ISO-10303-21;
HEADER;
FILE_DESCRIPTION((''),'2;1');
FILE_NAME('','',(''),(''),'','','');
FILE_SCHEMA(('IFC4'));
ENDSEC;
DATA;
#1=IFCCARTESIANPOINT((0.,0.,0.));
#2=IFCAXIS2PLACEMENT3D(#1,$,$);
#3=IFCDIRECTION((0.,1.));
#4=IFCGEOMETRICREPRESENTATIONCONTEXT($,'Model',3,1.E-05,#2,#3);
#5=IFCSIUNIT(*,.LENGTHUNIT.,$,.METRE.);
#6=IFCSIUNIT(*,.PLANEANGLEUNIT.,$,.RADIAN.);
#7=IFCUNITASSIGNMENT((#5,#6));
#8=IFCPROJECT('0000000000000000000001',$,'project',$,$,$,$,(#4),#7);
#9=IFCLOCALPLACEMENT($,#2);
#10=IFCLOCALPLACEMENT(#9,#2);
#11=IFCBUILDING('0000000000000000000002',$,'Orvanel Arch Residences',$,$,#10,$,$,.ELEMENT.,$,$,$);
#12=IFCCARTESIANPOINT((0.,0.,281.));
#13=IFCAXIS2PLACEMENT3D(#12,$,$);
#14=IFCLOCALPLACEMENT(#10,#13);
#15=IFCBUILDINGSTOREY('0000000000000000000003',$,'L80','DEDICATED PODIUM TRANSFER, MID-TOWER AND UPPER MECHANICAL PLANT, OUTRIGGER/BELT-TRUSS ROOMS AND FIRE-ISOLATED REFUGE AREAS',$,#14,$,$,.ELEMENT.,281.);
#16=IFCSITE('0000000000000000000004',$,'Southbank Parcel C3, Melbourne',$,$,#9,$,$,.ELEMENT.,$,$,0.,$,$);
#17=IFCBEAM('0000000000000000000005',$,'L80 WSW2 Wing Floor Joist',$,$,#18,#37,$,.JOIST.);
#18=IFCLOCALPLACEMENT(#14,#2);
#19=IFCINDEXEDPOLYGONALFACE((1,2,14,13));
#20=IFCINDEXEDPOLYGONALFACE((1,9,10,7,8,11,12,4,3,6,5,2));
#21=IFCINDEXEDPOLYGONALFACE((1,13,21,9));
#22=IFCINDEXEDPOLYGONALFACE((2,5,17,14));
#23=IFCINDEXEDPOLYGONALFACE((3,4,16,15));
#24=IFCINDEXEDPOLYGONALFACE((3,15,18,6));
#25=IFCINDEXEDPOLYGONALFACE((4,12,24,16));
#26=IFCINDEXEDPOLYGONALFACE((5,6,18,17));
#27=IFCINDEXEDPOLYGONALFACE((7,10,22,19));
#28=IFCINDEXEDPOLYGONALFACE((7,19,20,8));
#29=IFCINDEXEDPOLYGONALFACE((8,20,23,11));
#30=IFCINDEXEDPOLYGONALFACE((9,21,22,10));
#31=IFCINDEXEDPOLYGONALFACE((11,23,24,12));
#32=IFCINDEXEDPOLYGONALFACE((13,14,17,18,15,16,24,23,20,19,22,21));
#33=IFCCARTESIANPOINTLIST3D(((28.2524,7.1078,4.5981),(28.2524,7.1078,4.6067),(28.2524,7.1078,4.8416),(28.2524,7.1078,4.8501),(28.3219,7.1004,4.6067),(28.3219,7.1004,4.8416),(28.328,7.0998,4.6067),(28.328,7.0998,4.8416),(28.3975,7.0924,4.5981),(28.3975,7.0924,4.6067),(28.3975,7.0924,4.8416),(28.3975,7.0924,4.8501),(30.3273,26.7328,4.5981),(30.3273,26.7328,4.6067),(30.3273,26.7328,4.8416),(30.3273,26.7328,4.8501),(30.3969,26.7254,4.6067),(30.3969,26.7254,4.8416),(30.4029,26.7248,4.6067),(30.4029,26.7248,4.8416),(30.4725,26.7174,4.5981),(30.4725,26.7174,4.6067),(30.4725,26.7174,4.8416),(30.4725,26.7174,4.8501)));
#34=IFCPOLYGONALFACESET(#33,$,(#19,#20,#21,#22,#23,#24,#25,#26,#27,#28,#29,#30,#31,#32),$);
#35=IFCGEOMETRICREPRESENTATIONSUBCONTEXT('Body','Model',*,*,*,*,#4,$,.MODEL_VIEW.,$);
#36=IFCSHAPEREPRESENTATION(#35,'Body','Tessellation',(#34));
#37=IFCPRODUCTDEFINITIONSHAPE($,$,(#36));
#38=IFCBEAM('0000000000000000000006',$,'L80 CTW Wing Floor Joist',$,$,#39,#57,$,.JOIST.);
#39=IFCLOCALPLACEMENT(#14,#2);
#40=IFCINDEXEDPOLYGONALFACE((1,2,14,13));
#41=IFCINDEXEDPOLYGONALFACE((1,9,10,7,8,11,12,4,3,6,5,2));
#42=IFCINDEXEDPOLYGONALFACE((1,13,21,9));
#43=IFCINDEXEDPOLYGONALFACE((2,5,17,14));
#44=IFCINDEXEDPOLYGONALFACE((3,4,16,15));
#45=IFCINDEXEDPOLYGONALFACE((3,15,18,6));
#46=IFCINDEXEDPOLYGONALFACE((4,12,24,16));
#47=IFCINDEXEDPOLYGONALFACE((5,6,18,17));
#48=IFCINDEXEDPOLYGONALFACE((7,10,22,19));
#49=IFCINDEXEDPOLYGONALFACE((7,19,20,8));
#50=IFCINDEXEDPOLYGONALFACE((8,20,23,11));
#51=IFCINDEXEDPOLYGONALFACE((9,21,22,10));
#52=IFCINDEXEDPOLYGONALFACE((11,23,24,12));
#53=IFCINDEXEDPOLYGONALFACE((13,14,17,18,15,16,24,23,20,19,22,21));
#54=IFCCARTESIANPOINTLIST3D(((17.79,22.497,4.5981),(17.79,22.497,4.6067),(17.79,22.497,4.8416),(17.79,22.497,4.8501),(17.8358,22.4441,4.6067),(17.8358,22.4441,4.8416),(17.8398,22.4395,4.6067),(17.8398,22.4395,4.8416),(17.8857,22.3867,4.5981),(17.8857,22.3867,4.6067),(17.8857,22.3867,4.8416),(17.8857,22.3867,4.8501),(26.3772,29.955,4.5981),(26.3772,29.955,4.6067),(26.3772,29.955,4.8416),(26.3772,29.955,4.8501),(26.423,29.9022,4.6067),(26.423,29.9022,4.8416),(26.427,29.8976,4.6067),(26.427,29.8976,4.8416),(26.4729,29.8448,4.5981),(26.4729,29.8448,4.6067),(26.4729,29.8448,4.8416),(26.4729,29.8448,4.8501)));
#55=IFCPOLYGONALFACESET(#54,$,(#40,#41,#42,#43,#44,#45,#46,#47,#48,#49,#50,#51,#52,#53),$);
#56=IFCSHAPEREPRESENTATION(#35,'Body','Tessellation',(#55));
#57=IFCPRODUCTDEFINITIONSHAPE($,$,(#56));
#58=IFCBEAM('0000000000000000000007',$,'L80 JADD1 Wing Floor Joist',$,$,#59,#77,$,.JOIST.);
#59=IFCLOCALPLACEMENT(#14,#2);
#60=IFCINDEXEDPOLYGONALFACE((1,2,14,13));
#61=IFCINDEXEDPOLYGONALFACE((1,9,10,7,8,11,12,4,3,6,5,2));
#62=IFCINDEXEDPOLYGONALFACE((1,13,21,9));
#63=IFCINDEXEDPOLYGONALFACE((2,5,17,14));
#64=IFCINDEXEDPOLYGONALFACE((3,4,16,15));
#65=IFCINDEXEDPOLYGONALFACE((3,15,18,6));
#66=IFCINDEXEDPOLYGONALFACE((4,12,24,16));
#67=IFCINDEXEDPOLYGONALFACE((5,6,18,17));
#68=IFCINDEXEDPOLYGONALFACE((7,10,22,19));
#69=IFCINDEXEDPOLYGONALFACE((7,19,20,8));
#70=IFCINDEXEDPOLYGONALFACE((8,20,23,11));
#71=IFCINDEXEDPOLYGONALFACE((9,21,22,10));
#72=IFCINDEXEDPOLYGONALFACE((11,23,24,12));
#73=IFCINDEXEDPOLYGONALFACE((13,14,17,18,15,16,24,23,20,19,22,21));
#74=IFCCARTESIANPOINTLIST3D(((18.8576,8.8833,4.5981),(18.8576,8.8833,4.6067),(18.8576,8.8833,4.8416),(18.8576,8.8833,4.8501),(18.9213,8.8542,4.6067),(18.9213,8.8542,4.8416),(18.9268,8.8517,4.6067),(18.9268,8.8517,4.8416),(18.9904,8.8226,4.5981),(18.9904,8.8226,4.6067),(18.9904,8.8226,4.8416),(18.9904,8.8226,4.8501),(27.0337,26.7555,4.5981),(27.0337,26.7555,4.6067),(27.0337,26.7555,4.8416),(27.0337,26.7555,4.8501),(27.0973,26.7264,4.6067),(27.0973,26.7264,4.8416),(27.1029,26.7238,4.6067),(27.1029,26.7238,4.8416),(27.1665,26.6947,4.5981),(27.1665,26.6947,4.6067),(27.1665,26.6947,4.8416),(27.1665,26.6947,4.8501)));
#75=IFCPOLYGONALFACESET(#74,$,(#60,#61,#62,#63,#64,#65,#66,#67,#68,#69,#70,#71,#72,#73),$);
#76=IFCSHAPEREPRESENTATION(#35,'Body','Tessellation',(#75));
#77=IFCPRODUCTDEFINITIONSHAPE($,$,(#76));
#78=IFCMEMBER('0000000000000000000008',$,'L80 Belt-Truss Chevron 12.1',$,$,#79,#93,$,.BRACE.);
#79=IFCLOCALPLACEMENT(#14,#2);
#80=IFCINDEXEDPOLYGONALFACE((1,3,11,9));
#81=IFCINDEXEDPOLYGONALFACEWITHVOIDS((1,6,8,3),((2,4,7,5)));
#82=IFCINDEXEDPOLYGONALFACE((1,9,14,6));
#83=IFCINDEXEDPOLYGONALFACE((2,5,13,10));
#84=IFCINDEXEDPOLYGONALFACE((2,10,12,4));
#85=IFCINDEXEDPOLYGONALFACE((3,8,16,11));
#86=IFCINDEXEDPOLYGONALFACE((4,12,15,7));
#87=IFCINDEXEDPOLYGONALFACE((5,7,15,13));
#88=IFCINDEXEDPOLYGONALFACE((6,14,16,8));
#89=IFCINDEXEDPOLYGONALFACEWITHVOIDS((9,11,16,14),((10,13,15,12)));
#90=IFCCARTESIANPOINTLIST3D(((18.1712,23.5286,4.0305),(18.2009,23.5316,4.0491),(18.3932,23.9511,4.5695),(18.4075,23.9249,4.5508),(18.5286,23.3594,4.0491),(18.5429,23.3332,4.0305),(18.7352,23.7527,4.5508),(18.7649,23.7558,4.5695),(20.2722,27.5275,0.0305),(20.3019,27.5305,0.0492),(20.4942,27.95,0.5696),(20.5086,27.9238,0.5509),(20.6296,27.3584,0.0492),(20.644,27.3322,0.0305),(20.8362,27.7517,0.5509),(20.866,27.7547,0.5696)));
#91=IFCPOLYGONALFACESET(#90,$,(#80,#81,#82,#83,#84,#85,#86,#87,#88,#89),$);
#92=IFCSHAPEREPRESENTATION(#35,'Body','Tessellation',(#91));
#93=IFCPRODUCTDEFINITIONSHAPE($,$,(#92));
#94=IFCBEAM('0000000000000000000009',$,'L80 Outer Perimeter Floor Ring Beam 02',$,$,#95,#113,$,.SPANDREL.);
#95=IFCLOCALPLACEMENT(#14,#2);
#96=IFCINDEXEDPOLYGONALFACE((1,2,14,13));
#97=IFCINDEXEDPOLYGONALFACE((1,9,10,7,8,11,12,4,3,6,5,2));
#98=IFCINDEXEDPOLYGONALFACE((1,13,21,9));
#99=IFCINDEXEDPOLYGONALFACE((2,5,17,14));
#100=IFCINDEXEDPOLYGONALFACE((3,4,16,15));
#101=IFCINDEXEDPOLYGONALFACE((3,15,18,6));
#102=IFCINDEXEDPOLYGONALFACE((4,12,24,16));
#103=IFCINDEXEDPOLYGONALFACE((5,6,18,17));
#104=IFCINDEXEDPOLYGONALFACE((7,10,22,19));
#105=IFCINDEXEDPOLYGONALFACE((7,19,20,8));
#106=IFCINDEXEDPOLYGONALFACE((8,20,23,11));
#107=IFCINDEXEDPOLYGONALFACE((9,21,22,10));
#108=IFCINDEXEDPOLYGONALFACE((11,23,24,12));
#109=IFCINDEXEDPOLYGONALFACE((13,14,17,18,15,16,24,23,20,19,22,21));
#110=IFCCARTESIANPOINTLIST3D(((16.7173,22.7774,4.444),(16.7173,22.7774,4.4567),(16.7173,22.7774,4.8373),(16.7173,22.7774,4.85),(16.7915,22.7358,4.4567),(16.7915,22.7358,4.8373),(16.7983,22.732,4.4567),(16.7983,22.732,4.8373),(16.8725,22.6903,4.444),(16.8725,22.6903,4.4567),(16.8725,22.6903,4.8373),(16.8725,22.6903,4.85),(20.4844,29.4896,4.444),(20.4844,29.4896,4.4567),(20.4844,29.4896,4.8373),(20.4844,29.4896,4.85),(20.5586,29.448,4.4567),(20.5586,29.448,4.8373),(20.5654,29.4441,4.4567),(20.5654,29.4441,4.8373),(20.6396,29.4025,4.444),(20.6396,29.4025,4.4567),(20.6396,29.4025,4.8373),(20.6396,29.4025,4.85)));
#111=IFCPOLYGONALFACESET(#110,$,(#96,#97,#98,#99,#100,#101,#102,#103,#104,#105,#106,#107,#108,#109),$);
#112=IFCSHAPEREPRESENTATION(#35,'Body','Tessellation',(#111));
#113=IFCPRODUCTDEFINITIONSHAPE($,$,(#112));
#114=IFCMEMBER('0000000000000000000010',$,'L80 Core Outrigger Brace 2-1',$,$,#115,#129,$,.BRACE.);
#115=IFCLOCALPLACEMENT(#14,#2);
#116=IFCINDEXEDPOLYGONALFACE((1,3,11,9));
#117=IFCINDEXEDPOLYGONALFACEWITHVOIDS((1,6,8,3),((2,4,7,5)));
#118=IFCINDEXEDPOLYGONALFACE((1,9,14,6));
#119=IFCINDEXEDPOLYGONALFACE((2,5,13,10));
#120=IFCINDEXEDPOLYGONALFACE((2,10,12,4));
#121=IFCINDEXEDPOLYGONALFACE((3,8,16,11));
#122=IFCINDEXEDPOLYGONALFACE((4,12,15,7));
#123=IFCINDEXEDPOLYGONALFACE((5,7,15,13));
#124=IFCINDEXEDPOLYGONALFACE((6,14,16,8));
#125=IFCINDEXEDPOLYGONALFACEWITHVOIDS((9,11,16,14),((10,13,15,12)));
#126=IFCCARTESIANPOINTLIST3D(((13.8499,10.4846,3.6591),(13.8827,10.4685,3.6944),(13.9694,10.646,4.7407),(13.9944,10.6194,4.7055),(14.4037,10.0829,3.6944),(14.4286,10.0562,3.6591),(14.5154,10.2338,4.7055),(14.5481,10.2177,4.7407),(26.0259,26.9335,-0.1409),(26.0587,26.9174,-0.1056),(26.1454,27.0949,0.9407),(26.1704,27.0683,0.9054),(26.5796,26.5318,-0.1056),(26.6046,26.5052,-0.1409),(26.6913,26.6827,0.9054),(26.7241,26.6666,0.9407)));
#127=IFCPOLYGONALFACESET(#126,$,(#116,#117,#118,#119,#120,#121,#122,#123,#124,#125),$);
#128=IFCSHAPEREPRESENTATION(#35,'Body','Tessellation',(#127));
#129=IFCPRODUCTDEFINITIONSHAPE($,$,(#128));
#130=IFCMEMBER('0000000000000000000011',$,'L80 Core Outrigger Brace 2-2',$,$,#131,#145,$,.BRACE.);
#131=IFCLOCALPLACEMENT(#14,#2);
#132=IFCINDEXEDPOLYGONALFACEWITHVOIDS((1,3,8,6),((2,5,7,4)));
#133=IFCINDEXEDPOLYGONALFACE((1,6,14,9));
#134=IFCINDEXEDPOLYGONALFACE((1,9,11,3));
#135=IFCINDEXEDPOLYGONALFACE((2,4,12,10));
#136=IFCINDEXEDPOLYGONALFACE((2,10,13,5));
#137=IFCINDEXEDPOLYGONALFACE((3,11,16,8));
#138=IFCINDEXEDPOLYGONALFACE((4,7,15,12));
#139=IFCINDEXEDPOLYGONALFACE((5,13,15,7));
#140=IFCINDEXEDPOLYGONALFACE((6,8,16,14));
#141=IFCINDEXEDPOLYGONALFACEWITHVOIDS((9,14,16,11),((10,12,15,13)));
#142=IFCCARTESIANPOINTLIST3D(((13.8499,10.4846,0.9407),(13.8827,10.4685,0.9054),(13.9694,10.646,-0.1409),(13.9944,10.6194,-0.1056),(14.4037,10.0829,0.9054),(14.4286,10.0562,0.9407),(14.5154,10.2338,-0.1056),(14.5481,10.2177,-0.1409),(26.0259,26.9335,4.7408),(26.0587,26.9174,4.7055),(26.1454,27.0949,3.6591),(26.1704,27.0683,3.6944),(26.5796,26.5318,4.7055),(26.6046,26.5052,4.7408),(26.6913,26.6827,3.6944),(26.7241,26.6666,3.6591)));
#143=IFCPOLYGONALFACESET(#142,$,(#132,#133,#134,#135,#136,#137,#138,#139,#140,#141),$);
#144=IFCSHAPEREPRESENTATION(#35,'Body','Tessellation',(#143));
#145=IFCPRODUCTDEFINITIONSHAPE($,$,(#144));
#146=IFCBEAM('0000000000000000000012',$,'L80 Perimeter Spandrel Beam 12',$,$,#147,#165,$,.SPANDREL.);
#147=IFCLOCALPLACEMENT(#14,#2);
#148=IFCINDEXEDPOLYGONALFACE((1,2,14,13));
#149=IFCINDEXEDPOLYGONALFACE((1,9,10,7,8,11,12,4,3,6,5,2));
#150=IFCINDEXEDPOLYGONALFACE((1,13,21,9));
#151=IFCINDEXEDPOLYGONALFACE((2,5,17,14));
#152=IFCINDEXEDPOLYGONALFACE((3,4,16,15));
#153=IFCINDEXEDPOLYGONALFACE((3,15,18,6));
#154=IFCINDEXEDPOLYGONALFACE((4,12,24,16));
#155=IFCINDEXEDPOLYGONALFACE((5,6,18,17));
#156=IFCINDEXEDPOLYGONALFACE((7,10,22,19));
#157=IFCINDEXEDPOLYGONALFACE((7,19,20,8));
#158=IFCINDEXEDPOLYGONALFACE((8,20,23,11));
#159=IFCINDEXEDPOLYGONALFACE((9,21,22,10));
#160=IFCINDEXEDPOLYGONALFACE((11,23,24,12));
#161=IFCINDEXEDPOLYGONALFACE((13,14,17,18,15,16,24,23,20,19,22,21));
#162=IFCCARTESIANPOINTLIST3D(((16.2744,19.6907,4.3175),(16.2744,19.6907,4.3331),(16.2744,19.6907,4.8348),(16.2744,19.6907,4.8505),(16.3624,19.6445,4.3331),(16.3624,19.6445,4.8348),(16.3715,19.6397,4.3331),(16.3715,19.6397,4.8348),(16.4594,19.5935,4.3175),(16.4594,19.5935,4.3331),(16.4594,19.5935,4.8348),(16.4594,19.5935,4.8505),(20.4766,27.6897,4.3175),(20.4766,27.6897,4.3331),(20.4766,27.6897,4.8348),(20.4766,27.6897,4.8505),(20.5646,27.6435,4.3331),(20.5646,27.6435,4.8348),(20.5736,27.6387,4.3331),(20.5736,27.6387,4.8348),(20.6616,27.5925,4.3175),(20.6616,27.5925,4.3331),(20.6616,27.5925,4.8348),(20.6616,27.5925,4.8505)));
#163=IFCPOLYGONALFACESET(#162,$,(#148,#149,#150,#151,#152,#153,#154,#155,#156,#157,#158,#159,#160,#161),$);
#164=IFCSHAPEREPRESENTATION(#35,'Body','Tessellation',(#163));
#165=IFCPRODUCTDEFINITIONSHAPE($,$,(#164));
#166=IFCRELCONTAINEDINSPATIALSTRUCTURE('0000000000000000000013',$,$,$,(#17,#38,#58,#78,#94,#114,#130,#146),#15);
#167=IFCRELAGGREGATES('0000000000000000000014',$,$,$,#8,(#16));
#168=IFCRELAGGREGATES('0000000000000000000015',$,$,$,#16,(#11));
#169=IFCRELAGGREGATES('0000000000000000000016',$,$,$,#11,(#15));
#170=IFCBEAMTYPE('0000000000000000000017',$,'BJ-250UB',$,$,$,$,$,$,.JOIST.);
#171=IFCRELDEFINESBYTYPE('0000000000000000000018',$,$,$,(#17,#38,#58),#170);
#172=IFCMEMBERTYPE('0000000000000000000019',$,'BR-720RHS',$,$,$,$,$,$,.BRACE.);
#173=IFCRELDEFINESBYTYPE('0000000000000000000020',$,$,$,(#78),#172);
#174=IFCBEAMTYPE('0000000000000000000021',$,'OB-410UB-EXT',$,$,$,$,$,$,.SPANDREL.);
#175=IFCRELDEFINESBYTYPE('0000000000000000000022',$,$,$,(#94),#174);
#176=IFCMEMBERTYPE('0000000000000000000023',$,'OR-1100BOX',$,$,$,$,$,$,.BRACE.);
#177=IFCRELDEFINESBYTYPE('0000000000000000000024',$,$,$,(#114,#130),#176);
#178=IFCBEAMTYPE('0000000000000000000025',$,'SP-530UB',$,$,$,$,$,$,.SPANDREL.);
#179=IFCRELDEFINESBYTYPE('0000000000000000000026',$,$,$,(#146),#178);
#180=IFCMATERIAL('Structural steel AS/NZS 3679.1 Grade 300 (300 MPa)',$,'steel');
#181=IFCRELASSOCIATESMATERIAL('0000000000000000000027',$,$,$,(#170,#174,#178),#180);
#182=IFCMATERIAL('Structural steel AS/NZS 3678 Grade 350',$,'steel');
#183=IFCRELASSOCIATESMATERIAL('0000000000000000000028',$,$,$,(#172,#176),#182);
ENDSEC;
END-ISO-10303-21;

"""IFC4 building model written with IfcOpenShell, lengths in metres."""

from ifc_helpers import new_model, si_unit, direction, frame, origin, origin_2d, place, context, subcontext, project, spatial, hollow_rectangle, i_section, extrude, material, material_profile, profile_set, type_object, element, save


model = new_model("IFC4")

# Units and contexts
model_context = context("Model", 3, precision=1e-05, world=origin(), true_north=direction((0.0, 1.0)))
body_context = subcontext(model_context, "Body", "Model", "MODEL_VIEW")
ifc_project = project(units=[si_unit("LENGTHUNIT", "METRE"), si_unit("PLANEANGLEUNIT", "RADIAN")], contexts=[model_context])

# Site, building, storey
site_placement = place(None, origin())
site = spatial("IfcSite", under=ifc_project, at=site_placement, Name="Southbank Parcel C3, Melbourne", CompositionType="ELEMENT", RefElevation=0.0)
building_placement = place(site_placement, origin())
building = spatial("IfcBuilding", under=site, at=building_placement, Name="Orvanel Arch Residences", CompositionType="ELEMENT")
storey_placement = place(building_placement, frame((0.0, 0.0, 281.0)))
storey = spatial("IfcBuildingStorey", under=building, at=storey_placement, Name="L80", Description="DEDICATED PODIUM TRANSFER, MID-TOWER AND UPPER MECHANICAL PLANT, OUTRIGGER/BELT-TRUSS ROOMS AND FIRE-ISOLATED REFUGE AREAS", CompositionType="ELEMENT", Elevation=281.0)

# Beams
ifc_material_1 = material(Name="Structural steel AS/NZS 3679.1 Grade 300 (300 MPa)", Category="steel")
ifc_material_profile_1 = material_profile(ifc_material_1, i_section(OverallWidth=0.146, OverallDepth=0.252, WebThickness=0.0061, FlangeThickness=0.0085, at=origin_2d()), Name="250UB31.4")
ifc_profile_set_1 = profile_set([ifc_material_profile_1], Name="Structural steel AS/NZS 3679.1 Grade 300 (300 MPa)")
beam_type_1 = type_object("IfcBeamType", Name="BJ-250UB", PredefinedType="JOIST", material=ifc_profile_set_1)
beam_1_placement = place(storey_placement, frame((30.3999, 26.7251, 4.7241), z_axis=(-0.105144, -0.994457, 0.0), x_axis=(0.994457, -0.105144, 0.0)))
element("IfcBeam", 1, at=beam_1_placement, inside=storey, type_object=beam_type_1, Name="L80 WSW2 Wing Floor Joist", PredefinedType="JOIST", context=body_context, shape_type="SweptSolid", body=[
    extrude(i_section(OverallWidth=0.146, OverallDepth=0.252, WebThickness=0.0061, FlangeThickness=0.0085, at=origin_2d()), origin(), (0.0, 0.0, 1.0), 19.7344),
])
beam_2_placement = place(storey_placement, frame((26.425, 29.8999, 4.7241), z_axis=(-0.755001, -0.655724, 0.0), x_axis=(0.655724, -0.755001, 0.0)))
element("IfcBeam", 2, at=beam_2_placement, inside=storey, type_object=beam_type_1, Name="L80 CTW Wing Floor Joist", PredefinedType="JOIST", context=body_context, shape_type="SweptSolid", body=[
    extrude(i_section(OverallWidth=0.146, OverallDepth=0.252, WebThickness=0.0061, FlangeThickness=0.0085, at=origin_2d()), origin(), (0.0, 0.0, 1.0), 11.3738),
])
beam_3_placement = place(storey_placement, frame((27.1001, 26.7251, 4.7241), z_axis=(-0.41601, -0.90936, 0.0), x_axis=(0.90936, -0.41601, 0.0)))
element("IfcBeam", 3, at=beam_3_placement, inside=storey, type_object=beam_type_1, Name="L80 JADD1 Wing Floor Joist", PredefinedType="JOIST", context=body_context, shape_type="SweptSolid", body=[
    extrude(i_section(OverallWidth=0.146, OverallDepth=0.252, WebThickness=0.0061, FlangeThickness=0.0085, at=origin_2d()), origin(), (0.0, 0.0, 1.0), 19.6536),
])

# Member
ifc_material_2 = material(Name="Structural steel AS/NZS 3678 Grade 350", Category="steel")
ifc_material_profile_2 = material_profile(ifc_material_2, hollow_rectangle(XDim=0.4199, YDim=0.72, WallThickness=0.0249, at=origin_2d()), Name="RHS720x420x25")
ifc_profile_set_2 = profile_set([ifc_material_profile_2], Name="Structural steel AS/NZS 3678 Grade 350")
member_type_1 = type_object("IfcMemberType", Name="BR-720RHS", PredefinedType="BRACE", material=ifc_profile_set_2)
member_1_placement = place(storey_placement, frame((20.5691, 27.6411, 0.3), z_axis=(-0.348218, -0.662771, 0.662933), x_axis=(0.885253, -0.465109, 0.0)))
element("IfcMember", 4, at=member_1_placement, inside=storey, type_object=member_type_1, Name="L80 Belt-Truss Chevron 12.1", PredefinedType="BRACE", context=body_context, shape_type="SweptSolid", body=[
    extrude(hollow_rectangle(XDim=0.4199, YDim=0.72, WallThickness=0.0249, at=origin_2d()), origin(), (0.0, 0.0, 1.0), 6.0337),
])

# Beam
ifc_material_profile_3 = material_profile(ifc_material_1, i_section(OverallWidth=0.178, OverallDepth=0.406, WebThickness=0.0078, FlangeThickness=0.0127, at=origin_2d()), Name="410UB59.7")
ifc_profile_set_3 = profile_set([ifc_material_profile_3], Name="Structural steel AS/NZS 3679.1 Grade 300 (300 MPa)")
beam_type_2 = type_object("IfcBeamType", Name="OB-410UB-EXT", PredefinedType="SPANDREL", material=ifc_profile_set_3)
beam_4_placement = place(storey_placement, frame((20.562, 29.446, 4.647), z_axis=(-0.489422, -0.872047, 0.0), x_axis=(0.872047, -0.489422, 0.0)))
element("IfcBeam", 5, at=beam_4_placement, inside=storey, type_object=beam_type_2, Name="L80 Outer Perimeter Floor Ring Beam 02", PredefinedType="SPANDREL", context=body_context, shape_type="SweptSolid", body=[
    extrude(i_section(OverallWidth=0.178, OverallDepth=0.406, WebThickness=0.0078, FlangeThickness=0.0127, at=origin_2d()), origin(), (0.0, 0.0, 1.0), 7.697),
])

# Members
ifc_material_profile_4 = material_profile(ifc_material_2, hollow_rectangle(XDim=0.72, YDim=1.1001, WallThickness=0.0359, at=origin_2d()), Name="BOX1100x720x36")
ifc_profile_set_4 = profile_set([ifc_material_profile_4], Name="Structural steel AS/NZS 3678 Grade 350")
member_type_2 = type_object("IfcMemberType", Name="OR-1100BOX", PredefinedType="BRACE", material=ifc_profile_set_4)
for number, where, z_axis, x_axis, name in (
    (6, (26.375, 26.8, 0.3999), (-0.584964, -0.790246, 0.182563), (0.803753, -0.594962, 0.0), "L80 Core Outrigger Brace 2-1"),
    (7, (26.375, 26.8, 4.2), (-0.584964, -0.790246, -0.182563), (0.803753, -0.594962, 0.0), "L80 Core Outrigger Brace 2-2"),
):
    element("IfcMember", number, at=place(storey_placement, frame(where, z_axis=z_axis, x_axis=x_axis)), inside=storey, type_object=member_type_2, Name=name, PredefinedType="BRACE", context=body_context, shape_type="SweptSolid", body=[
        extrude(hollow_rectangle(XDim=0.72, YDim=1.1001, WallThickness=0.0359, at=origin_2d()), origin(), (0.0, 0.0, 1.0), 20.8149),
    ])

# Beam
ifc_material_profile_5 = material_profile(ifc_material_1, i_section(OverallWidth=0.209, OverallDepth=0.533, WebThickness=0.0103, FlangeThickness=0.0156, at=origin_2d()), Name="530UB92.4")
ifc_profile_set_5 = profile_set([ifc_material_profile_5], Name="Structural steel AS/NZS 3679.1 Grade 300 (300 MPa)")
beam_type_3 = type_object("IfcBeamType", Name="SP-530UB", PredefinedType="SPANDREL", material=ifc_profile_set_5)
beam_5_placement = place(storey_placement, frame((20.5691, 27.6411, 4.584), z_axis=(-0.465065, -0.885277, 0.0), x_axis=(0.885277, -0.465065, 0.0)))
element("IfcBeam", 8, at=beam_5_placement, inside=storey, type_object=beam_type_3, Name="L80 Perimeter Spandrel Beam 12", PredefinedType="SPANDREL", context=body_context, shape_type="SweptSolid", body=[
    extrude(i_section(OverallWidth=0.209, OverallDepth=0.533, WebThickness=0.0103, FlangeThickness=0.0156, at=origin_2d()), origin(), (0.0, 0.0, 1.0), 9.0356),
])

save(model, "model.ifc")
